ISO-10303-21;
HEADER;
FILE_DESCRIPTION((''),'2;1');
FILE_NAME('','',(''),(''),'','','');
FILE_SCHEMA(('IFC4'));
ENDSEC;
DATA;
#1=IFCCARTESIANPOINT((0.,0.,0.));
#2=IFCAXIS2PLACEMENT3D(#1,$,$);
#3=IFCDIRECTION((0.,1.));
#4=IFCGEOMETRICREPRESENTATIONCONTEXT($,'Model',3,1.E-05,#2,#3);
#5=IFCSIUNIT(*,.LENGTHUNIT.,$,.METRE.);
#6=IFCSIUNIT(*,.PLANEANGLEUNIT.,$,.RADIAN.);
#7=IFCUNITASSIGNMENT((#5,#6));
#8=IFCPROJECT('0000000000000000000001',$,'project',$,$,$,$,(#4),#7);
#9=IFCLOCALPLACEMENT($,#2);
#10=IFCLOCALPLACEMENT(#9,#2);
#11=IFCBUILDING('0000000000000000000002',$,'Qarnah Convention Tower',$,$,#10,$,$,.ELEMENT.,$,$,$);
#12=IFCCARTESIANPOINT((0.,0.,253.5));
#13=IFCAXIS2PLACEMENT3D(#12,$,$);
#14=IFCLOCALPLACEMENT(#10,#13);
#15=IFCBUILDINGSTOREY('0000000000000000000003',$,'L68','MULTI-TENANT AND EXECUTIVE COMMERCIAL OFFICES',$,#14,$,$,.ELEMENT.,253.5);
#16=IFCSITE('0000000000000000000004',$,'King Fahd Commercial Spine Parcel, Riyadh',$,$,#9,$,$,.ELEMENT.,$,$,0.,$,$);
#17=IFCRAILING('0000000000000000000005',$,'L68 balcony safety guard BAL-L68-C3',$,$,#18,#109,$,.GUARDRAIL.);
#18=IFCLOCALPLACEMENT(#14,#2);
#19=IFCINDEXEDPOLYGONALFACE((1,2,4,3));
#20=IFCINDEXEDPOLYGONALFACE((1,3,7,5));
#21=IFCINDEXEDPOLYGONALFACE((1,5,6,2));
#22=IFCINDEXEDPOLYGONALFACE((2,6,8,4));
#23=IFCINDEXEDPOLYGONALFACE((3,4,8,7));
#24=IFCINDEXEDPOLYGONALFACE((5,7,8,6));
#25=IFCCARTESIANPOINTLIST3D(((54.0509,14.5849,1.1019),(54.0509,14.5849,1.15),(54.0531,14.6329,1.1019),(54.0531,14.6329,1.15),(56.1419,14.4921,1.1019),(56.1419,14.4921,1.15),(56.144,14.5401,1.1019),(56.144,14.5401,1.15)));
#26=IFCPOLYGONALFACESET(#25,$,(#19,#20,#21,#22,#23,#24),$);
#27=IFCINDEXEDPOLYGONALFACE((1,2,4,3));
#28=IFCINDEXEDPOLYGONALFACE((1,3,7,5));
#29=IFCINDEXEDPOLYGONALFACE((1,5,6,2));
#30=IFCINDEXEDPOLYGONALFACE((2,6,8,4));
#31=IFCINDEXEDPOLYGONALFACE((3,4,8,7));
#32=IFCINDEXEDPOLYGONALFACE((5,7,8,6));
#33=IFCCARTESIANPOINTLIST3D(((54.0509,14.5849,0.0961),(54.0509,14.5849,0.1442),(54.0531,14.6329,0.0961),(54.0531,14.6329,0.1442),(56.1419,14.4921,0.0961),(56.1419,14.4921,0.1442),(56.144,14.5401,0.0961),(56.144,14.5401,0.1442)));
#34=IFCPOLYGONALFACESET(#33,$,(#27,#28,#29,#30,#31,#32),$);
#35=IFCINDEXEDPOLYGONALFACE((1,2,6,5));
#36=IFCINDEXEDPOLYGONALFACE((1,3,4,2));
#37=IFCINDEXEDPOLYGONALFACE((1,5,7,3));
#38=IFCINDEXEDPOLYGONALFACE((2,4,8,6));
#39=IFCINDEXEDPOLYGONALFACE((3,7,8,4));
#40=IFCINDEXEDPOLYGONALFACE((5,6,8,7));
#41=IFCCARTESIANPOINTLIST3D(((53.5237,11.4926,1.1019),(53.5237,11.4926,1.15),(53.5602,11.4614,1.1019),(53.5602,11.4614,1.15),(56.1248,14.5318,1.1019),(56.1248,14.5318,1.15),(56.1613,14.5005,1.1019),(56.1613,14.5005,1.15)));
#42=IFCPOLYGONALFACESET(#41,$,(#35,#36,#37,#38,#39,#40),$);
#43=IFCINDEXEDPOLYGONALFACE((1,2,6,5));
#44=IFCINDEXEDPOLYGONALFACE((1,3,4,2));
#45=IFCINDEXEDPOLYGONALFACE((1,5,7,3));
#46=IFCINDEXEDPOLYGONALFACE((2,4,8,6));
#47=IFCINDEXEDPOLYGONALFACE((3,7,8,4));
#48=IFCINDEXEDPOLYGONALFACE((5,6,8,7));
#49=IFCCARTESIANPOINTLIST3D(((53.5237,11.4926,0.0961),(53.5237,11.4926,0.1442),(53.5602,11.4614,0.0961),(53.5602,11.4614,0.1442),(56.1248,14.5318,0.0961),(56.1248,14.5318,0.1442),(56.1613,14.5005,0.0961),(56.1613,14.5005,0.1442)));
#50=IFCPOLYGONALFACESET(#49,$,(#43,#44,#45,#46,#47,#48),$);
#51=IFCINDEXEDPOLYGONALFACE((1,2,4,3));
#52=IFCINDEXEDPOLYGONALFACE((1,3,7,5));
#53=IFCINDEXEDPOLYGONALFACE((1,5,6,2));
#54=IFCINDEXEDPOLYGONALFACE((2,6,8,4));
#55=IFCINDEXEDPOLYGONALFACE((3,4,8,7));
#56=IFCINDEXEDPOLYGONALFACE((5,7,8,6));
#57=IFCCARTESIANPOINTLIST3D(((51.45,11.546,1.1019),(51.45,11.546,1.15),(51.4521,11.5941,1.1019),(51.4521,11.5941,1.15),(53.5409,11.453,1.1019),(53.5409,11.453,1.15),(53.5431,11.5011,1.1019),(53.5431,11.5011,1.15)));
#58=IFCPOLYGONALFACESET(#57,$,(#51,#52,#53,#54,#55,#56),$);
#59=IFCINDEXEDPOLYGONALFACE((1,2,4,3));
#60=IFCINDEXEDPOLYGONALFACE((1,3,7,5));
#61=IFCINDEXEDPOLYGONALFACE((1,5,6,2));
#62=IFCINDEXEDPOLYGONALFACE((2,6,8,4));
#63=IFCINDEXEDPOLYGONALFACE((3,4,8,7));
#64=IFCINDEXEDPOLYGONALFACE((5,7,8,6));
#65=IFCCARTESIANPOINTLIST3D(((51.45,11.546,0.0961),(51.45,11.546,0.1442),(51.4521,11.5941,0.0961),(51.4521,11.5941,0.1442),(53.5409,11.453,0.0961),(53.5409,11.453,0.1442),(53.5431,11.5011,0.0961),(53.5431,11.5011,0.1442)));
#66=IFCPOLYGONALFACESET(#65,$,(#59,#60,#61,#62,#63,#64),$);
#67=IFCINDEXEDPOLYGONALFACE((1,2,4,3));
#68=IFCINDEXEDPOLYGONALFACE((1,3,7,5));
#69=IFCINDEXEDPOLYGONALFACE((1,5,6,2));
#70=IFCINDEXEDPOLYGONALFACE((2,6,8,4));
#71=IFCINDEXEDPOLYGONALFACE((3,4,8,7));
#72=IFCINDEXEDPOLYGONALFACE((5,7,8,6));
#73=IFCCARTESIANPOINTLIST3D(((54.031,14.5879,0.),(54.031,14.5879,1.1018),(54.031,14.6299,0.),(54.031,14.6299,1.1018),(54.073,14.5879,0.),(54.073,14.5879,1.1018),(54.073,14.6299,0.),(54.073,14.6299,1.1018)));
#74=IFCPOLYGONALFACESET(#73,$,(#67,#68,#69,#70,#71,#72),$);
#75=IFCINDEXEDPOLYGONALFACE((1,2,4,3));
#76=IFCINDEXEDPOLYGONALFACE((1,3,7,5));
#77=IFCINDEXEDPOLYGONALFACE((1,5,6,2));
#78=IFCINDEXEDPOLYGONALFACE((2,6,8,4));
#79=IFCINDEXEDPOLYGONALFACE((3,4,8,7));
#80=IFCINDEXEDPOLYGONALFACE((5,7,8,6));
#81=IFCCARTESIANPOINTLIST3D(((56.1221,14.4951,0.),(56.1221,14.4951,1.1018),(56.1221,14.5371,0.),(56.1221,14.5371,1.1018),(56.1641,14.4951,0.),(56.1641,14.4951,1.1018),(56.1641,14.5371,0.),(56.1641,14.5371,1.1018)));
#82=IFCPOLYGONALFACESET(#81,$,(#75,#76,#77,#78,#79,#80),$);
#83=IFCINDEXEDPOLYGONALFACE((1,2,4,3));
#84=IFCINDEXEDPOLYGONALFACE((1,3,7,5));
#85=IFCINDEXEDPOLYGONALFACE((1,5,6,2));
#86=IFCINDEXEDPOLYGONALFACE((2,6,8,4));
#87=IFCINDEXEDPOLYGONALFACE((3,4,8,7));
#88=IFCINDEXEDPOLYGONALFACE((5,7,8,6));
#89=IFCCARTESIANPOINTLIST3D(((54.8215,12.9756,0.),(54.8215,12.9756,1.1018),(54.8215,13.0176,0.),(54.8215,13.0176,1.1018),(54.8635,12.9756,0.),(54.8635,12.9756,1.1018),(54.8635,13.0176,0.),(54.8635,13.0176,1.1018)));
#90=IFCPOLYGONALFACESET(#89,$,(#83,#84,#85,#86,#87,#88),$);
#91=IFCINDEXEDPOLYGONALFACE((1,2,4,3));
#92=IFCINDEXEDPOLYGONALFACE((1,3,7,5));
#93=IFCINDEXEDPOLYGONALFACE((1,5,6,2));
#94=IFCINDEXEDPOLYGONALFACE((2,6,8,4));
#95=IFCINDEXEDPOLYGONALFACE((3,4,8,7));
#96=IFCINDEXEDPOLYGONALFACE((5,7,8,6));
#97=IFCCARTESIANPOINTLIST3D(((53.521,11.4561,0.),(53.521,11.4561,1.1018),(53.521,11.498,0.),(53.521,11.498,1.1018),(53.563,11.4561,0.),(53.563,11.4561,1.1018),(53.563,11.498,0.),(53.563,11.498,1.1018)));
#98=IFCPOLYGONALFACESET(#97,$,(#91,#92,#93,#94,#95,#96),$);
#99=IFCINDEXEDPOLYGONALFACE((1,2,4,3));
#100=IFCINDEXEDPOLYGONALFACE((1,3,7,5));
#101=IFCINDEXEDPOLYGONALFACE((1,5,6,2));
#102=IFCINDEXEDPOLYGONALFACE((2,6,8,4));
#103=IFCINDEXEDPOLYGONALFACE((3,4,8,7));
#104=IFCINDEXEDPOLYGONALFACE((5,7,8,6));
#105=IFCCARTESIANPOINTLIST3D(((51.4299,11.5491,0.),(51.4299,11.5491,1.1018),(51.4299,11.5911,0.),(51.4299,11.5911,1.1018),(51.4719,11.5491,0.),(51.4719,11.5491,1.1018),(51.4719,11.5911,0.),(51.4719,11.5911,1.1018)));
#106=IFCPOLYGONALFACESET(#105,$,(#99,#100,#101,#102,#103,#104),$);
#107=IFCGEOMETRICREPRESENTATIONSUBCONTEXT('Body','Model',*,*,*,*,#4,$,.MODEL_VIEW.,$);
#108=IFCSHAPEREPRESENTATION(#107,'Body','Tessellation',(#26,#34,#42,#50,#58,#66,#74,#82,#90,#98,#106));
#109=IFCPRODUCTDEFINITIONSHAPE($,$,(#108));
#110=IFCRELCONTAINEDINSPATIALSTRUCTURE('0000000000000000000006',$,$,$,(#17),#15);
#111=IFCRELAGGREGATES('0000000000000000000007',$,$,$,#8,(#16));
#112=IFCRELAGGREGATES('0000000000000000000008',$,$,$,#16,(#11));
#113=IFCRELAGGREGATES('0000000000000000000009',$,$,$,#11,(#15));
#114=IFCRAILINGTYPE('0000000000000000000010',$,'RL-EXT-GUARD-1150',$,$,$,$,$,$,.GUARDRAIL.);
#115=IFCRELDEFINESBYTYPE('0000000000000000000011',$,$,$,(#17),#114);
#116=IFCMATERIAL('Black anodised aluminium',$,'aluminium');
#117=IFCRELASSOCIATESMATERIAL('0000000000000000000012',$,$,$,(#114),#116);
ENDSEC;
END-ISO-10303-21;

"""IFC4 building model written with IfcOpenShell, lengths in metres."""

from ifc_helpers import new_model, si_unit, direction, frame, origin, origin_2d, place, context, subcontext, project, spatial, rectangle, extrude, material, type_object, element, save


model = new_model("IFC4")

# Units and contexts
model_context = context("Model", 3, precision=1e-05, world=origin(), true_north=direction((0.0, 1.0)))
body_context = subcontext(model_context, "Body", "Model", "MODEL_VIEW")
ifc_project = project(units=[si_unit("LENGTHUNIT", "METRE"), si_unit("PLANEANGLEUNIT", "RADIAN")], contexts=[model_context])

# Site, building, storey
site_placement = place(None, origin())
site = spatial("IfcSite", under=ifc_project, at=site_placement, Name="King Fahd Commercial Spine Parcel, Riyadh", CompositionType="ELEMENT", RefElevation=0.0)
building_placement = place(site_placement, origin())
building = spatial("IfcBuilding", under=site, at=building_placement, Name="Qarnah Convention Tower", CompositionType="ELEMENT")
storey_placement = place(building_placement, frame((0.0, 0.0, 253.5)))
storey = spatial("IfcBuildingStorey", under=building, at=storey_placement, Name="L68", Description="MULTI-TENANT AND EXECUTIVE COMMERCIAL OFFICES", CompositionType="ELEMENT", Elevation=253.5)

# Shared definitions
ifc_material_1 = material(Name="Black anodised aluminium", Category="aluminium")

# Railing
railing_type = type_object("IfcRailingType", Name="RL-EXT-GUARD-1150", PredefinedType="GUARDRAIL", material=ifc_material_1)
railing_1_placement = place(storey_placement, frame((54.052, 14.6089, 0.0)))
element("IfcRailing", 1, at=railing_1_placement, inside=storey, type_object=railing_type, Name="L68 balcony safety guard BAL-L68-C3", PredefinedType="GUARDRAIL", context=body_context, shape_type="SweptSolid", body=[
    extrude(rectangle(XDim=0.0481, YDim=0.0481, at=origin_2d()), frame((0.0, 0.0, 1.126), z_axis=(0.999017, -0.044323, 0.0), x_axis=(0.044323, 0.999017, 0.0)), (0.0, 0.0, 1.0), 2.093),
    extrude(rectangle(XDim=0.0481, YDim=0.0481, at=origin_2d()), frame((0.0, 0.0, 0.1201), z_axis=(0.999017, -0.044323, 0.0), x_axis=(0.044323, 0.999017, 0.0)), (0.0, 0.0, 1.0), 2.093),
    extrude(rectangle(XDim=0.0481, YDim=0.0481, at=origin_2d()), frame((2.0911, -0.0928, 1.126), z_axis=(-0.650238, -0.75973, 0.0), x_axis=(0.75973, -0.650238, 0.0)), (0.0, 0.0, 1.0), 4.0002),
    extrude(rectangle(XDim=0.0481, YDim=0.0481, at=origin_2d()), frame((2.0911, -0.0928, 0.1201), z_axis=(-0.650238, -0.75973, 0.0), x_axis=(0.75973, -0.650238, 0.0)), (0.0, 0.0, 1.0), 4.0002),
    extrude(rectangle(XDim=0.0481, YDim=0.0481, at=origin_2d()), frame((-0.51, -3.1318, 1.126), z_axis=(-0.999012, 0.044439, 0.0), x_axis=(-0.044439, -0.999012, 0.0)), (0.0, 0.0, 1.0), 2.093),
    extrude(rectangle(XDim=0.0481, YDim=0.0481, at=origin_2d()), frame((-0.51, -3.1318, 0.1201), z_axis=(-0.999012, 0.044439, 0.0), x_axis=(-0.044439, -0.999012, 0.0)), (0.0, 0.0, 1.0), 2.093),
    extrude(rectangle(XDim=0.042, YDim=0.042, at=origin_2d()), origin(), (0.0, 0.0, 1.0), 1.1018),
    extrude(rectangle(XDim=0.042, YDim=0.042, at=origin_2d()), frame((2.0911, -0.0928, 0.0)), (0.0, 0.0, 1.0), 1.1018),
    extrude(rectangle(XDim=0.042, YDim=0.042, at=origin_2d()), frame((0.7905, -1.6123, 0.0)), (0.0, 0.0, 1.0), 1.1018),
    extrude(rectangle(XDim=0.042, YDim=0.042, at=origin_2d()), frame((-0.51, -3.1318, 0.0)), (0.0, 0.0, 1.0), 1.1018),
    extrude(rectangle(XDim=0.042, YDim=0.042, at=origin_2d()), frame((-2.6011, -3.0388, 0.0)), (0.0, 0.0, 1.0), 1.1018),
])

save(model, "model.ifc")
